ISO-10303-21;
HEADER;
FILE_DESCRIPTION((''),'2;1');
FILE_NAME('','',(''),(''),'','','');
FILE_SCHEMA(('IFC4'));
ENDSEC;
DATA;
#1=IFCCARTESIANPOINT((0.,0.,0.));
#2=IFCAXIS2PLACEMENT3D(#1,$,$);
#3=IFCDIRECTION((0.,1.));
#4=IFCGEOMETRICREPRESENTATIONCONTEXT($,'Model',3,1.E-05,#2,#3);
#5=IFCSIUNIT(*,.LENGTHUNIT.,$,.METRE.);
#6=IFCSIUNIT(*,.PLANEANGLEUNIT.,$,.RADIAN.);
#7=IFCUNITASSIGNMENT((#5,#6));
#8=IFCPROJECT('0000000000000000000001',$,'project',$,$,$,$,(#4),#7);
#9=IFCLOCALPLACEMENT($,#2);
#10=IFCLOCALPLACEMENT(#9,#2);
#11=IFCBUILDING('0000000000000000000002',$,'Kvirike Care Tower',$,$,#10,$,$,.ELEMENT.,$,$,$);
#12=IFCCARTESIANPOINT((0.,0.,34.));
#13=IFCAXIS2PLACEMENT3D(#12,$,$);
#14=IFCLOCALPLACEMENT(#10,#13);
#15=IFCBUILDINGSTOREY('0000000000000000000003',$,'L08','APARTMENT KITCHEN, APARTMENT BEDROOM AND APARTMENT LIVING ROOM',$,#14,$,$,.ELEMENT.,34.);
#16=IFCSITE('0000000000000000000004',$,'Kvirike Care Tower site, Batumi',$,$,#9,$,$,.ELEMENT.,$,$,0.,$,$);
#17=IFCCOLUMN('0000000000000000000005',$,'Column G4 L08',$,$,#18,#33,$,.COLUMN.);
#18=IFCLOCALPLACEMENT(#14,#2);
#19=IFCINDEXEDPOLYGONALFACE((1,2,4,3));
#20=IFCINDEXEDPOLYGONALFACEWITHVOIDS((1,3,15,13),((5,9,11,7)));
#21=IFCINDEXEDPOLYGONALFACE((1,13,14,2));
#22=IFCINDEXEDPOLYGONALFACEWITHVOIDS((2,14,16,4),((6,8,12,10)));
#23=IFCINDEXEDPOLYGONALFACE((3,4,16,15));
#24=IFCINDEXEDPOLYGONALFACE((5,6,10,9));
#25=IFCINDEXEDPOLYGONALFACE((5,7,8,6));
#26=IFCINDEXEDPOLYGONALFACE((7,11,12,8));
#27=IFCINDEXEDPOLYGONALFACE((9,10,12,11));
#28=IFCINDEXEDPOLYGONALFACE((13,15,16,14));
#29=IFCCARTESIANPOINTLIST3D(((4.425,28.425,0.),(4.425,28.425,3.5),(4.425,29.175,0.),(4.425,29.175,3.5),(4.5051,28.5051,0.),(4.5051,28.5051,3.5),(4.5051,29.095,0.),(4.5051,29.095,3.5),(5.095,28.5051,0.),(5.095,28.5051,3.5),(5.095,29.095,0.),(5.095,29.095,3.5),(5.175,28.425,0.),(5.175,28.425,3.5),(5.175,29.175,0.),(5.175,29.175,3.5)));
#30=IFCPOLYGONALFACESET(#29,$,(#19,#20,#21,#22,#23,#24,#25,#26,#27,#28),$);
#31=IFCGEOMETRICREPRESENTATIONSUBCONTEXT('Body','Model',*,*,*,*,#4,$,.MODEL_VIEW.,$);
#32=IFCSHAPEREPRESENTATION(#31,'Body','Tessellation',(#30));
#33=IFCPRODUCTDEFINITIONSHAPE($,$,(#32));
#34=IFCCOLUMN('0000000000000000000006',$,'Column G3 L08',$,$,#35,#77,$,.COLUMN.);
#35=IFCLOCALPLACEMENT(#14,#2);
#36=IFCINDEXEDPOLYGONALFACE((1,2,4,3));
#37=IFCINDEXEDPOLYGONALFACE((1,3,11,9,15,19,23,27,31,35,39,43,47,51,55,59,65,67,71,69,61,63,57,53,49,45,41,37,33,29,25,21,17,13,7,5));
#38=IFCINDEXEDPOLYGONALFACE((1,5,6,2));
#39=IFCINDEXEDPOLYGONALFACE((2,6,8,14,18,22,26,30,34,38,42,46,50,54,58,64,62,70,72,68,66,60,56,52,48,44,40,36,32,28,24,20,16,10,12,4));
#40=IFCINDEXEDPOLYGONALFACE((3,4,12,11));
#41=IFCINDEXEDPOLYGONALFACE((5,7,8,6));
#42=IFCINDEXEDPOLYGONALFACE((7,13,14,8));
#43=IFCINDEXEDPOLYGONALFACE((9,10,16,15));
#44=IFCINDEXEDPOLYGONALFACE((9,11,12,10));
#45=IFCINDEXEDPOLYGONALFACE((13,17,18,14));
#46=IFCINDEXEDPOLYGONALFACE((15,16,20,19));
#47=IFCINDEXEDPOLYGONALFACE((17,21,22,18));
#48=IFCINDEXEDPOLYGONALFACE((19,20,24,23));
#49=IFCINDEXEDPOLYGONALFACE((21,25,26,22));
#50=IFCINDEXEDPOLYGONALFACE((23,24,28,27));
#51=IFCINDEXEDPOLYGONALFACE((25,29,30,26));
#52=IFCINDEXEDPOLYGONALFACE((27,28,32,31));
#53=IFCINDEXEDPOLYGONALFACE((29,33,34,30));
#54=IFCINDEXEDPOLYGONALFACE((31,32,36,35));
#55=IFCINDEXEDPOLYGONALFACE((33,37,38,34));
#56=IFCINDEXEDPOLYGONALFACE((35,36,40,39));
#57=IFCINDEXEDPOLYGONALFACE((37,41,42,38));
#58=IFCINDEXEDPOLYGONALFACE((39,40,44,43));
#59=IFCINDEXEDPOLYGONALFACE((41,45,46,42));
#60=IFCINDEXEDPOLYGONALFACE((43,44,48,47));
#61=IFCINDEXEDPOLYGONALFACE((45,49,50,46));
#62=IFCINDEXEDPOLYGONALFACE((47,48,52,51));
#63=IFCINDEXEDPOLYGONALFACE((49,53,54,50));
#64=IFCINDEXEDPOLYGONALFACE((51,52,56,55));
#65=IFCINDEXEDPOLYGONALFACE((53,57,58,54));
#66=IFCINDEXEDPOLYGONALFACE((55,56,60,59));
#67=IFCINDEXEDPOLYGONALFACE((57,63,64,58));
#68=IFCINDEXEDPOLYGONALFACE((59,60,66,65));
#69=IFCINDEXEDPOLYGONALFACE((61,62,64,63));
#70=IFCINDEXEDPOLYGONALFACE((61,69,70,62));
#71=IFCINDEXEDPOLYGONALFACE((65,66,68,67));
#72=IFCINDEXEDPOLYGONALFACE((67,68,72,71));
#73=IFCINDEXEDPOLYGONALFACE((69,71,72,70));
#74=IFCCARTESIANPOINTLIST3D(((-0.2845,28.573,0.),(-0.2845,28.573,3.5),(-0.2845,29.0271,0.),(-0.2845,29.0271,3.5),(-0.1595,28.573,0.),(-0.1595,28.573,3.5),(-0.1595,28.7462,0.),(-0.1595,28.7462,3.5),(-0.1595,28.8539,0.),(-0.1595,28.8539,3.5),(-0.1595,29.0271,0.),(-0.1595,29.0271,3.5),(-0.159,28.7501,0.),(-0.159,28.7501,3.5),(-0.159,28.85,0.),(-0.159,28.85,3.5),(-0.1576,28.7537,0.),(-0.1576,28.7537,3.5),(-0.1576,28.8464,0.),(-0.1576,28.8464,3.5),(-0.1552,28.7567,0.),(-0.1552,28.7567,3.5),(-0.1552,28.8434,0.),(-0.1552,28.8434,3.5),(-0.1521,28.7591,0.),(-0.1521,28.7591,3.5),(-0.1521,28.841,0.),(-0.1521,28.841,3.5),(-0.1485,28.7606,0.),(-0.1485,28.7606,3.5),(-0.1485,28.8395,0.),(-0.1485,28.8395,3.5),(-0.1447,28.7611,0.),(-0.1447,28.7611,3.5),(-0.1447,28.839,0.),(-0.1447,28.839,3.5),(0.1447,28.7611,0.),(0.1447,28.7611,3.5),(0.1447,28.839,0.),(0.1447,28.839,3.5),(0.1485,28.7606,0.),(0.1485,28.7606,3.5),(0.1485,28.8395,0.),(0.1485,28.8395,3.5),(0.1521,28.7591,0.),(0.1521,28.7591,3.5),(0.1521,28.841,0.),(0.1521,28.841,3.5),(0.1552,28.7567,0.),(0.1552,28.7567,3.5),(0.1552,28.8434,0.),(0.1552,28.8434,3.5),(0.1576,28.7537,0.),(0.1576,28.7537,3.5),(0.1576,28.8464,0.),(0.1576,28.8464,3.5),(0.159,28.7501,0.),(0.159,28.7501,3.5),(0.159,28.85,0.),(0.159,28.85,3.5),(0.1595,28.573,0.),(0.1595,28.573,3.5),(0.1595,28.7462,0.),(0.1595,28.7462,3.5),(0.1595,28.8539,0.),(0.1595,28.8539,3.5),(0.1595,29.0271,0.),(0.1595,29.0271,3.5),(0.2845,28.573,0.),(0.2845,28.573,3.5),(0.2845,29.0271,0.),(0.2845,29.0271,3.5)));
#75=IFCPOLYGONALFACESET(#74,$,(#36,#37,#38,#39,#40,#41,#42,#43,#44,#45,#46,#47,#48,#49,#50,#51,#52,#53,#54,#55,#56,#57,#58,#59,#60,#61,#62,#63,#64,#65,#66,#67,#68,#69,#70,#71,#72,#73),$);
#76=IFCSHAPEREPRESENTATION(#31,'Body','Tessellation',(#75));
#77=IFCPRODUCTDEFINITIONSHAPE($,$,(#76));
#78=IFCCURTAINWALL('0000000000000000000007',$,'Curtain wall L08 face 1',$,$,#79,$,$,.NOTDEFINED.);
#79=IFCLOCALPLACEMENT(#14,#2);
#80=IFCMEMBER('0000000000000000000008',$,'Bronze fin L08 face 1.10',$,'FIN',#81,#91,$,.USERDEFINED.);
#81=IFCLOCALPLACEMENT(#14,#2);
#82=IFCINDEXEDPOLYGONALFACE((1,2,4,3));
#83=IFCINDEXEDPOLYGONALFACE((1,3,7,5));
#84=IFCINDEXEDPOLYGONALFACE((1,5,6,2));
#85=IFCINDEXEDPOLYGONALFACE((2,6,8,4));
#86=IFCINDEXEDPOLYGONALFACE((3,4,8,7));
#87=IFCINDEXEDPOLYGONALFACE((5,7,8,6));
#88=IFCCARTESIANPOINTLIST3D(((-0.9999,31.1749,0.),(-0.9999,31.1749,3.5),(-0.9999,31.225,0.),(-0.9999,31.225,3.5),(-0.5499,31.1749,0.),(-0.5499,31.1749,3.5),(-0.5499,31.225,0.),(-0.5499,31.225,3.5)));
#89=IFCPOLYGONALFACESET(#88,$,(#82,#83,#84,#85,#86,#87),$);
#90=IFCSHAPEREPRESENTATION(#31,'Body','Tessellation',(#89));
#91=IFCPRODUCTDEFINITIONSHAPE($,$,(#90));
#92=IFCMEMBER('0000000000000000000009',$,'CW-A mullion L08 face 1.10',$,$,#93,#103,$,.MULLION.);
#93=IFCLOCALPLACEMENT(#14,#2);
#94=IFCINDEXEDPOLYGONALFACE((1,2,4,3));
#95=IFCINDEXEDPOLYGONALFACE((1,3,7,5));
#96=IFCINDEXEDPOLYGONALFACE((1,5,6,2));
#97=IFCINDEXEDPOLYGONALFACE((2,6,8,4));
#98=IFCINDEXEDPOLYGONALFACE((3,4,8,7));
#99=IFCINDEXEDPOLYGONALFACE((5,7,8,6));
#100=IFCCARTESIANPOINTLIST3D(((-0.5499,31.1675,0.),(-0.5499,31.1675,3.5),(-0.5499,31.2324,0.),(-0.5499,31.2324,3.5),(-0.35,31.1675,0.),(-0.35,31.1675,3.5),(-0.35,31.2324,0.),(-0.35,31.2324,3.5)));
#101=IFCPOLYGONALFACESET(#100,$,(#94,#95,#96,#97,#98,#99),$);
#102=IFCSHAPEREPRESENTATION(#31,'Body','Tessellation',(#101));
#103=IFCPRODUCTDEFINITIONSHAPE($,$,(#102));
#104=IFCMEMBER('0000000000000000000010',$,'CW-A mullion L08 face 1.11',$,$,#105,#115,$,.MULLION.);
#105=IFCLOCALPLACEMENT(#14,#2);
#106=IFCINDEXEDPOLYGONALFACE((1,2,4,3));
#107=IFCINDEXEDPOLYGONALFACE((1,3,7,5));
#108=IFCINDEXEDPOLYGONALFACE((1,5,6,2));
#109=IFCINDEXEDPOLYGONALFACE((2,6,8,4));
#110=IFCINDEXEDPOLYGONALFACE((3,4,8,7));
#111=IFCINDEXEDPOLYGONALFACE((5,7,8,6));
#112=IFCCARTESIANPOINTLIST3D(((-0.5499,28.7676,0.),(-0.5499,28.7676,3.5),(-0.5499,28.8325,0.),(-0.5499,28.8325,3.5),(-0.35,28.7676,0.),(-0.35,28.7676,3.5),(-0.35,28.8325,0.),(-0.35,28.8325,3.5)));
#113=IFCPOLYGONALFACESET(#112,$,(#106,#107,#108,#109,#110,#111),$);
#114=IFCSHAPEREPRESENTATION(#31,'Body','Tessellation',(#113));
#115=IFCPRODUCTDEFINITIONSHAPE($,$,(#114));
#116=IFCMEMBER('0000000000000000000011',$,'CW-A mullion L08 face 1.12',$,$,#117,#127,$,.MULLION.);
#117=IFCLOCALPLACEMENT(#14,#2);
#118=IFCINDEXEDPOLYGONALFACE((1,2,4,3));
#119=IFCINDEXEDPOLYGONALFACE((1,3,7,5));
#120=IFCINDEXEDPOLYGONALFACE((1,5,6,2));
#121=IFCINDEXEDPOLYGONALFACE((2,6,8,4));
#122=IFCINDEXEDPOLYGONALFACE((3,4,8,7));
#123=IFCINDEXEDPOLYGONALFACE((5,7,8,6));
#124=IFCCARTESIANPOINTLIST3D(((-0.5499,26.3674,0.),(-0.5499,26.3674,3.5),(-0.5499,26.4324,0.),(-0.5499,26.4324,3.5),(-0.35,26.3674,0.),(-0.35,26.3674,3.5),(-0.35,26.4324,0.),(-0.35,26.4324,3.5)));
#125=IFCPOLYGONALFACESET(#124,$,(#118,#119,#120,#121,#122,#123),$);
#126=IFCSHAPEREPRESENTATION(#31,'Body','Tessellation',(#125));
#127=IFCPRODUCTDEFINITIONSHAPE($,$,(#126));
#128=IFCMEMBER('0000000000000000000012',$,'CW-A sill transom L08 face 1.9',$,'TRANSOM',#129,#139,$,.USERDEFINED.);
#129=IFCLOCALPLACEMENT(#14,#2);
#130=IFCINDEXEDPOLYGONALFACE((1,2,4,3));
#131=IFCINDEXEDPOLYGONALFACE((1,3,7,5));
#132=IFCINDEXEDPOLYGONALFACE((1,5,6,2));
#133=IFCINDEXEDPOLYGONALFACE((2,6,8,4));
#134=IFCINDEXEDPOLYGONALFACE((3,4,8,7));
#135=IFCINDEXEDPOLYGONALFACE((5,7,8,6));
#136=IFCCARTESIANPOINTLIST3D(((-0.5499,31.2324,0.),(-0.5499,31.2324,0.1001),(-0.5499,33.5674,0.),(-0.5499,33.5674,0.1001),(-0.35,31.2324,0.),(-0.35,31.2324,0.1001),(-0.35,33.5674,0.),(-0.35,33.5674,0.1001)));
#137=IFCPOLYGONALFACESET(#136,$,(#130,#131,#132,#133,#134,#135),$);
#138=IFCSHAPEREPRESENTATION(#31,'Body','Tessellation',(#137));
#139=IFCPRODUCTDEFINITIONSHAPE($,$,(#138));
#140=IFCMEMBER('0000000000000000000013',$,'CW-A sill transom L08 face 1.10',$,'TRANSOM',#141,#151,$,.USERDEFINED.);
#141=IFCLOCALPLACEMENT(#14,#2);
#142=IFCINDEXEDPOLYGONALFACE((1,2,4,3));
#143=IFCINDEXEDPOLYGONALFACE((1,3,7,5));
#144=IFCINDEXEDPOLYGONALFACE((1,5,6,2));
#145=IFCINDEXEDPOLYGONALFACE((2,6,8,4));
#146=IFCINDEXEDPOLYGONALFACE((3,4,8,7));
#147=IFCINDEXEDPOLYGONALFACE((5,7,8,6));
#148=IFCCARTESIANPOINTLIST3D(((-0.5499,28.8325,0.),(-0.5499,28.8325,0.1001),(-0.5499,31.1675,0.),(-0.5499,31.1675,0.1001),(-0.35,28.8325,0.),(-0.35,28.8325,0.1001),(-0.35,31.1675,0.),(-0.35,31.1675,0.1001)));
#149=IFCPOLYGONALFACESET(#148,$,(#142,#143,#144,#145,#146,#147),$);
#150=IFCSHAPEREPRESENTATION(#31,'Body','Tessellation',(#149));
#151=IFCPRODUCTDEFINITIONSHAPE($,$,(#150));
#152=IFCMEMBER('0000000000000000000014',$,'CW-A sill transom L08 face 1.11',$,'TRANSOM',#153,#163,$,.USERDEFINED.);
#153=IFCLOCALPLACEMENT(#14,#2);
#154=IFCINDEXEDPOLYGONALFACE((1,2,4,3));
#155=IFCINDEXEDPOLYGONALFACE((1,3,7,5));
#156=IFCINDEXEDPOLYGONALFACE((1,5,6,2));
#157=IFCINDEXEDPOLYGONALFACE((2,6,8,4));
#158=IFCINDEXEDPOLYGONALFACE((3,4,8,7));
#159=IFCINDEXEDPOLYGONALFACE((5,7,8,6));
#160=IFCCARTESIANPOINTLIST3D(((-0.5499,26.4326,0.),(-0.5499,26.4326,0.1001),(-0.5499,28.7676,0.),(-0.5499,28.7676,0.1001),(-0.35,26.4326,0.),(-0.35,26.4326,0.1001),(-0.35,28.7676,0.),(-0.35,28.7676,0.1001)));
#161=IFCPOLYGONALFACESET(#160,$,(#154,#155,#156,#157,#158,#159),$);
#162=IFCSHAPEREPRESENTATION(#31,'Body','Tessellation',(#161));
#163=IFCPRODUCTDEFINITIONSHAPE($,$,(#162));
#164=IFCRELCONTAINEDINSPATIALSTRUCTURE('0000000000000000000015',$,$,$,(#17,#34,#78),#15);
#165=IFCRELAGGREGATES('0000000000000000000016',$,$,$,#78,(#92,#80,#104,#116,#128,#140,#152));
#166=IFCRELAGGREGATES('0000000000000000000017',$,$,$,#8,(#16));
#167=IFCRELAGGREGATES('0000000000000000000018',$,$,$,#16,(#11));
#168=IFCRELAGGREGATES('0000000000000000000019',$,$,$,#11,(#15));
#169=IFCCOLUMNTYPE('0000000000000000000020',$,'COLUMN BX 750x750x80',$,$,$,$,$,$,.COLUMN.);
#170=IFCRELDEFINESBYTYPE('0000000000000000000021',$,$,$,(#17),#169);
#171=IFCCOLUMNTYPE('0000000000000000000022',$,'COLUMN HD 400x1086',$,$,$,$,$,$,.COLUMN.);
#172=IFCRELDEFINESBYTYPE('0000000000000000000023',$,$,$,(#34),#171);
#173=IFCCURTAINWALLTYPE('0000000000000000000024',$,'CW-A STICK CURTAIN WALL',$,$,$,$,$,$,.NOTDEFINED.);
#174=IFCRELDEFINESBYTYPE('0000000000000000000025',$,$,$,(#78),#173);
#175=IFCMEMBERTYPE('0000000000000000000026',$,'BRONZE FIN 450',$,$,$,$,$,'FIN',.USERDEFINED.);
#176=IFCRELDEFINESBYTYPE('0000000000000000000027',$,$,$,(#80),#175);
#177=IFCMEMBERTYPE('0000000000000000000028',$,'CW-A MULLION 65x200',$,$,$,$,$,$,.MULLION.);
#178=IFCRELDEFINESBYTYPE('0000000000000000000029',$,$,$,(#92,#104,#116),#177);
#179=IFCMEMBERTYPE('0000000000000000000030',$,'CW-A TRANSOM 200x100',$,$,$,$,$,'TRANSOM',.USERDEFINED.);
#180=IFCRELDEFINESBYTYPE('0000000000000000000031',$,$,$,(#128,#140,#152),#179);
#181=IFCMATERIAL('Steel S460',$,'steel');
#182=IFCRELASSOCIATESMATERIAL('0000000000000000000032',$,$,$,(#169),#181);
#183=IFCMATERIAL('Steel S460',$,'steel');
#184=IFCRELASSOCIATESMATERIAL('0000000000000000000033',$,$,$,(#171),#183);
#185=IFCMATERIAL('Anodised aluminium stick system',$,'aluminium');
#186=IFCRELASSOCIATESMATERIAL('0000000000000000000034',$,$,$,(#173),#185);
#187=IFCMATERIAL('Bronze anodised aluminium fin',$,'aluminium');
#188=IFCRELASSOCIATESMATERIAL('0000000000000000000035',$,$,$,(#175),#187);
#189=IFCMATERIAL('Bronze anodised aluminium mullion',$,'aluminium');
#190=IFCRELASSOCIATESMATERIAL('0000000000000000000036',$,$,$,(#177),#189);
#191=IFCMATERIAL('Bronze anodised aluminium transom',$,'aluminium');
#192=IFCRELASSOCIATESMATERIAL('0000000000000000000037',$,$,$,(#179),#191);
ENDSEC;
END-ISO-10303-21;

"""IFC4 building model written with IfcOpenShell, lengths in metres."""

from ifc_helpers import new_model, si_unit, direction, frame, origin, origin_2d, place, context, subcontext, project, spatial, rectangle, hollow_rectangle, i_section, extrude, material, material_profile, profile_set, type_object, element, aggregate, save


model = new_model("IFC4")

# Units and contexts
model_context = context("Model", 3, precision=1e-05, world=origin(), true_north=direction((0.0, 1.0)))
body_context = subcontext(model_context, "Body", "Model", "MODEL_VIEW")
ifc_project = project(units=[si_unit("LENGTHUNIT", "METRE"), si_unit("PLANEANGLEUNIT", "RADIAN")], contexts=[model_context])

# Site, building, storey
site_placement = place(None, origin())
site = spatial("IfcSite", under=ifc_project, at=site_placement, Name="Kvirike Care Tower site, Batumi", CompositionType="ELEMENT", RefElevation=0.0)
building_placement = place(site_placement, origin())
building = spatial("IfcBuilding", under=site, at=building_placement, Name="Kvirike Care Tower", CompositionType="ELEMENT")
storey_placement = place(building_placement, frame((0.0, 0.0, 34.0)))
storey = spatial("IfcBuildingStorey", under=building, at=storey_placement, Name="L08", Description="APARTMENT KITCHEN, APARTMENT BEDROOM AND APARTMENT LIVING ROOM", CompositionType="ELEMENT", Elevation=34.0)

# Columns
ifc_material_1 = material(Name="Steel S460", Category="steel")
ifc_material_profile_1 = material_profile(ifc_material_1, hollow_rectangle(XDim=0.75, YDim=0.75, WallThickness=0.0801, at=origin_2d()), Name="BX 750x750x80")
ifc_profile_set_1 = profile_set([ifc_material_profile_1], Name="Steel S460")
column_type_1 = type_object("IfcColumnType", Name="COLUMN BX 750x750x80", PredefinedType="COLUMN", material=ifc_profile_set_1)
column_1_placement = place(storey_placement, frame((4.8, 28.8, 0.0), z_axis=(0.0, 0.0, 1.0), x_axis=(0.0, 1.0, 0.0)))
element("IfcColumn", 1, at=column_1_placement, inside=storey, type_object=column_type_1, Name="Column G4 L08", PredefinedType="COLUMN", context=body_context, shape_type="SweptSolid", body=[
    extrude(hollow_rectangle(XDim=0.75, YDim=0.75, WallThickness=0.0801, at=origin_2d()), origin(), (0.0, 0.0, 1.0), 3.5),
])
ifc_material_2 = material(Name="Steel S460", Category="steel")
ifc_material_profile_2 = material_profile(ifc_material_2, i_section(OverallWidth=0.4541, OverallDepth=0.5691, WebThickness=0.0779, FlangeThickness=0.125, FilletRadius=0.0149, at=origin_2d()), Name="HD 400x1086")
ifc_profile_set_2 = profile_set([ifc_material_profile_2], Name="Steel S460")
column_type_2 = type_object("IfcColumnType", Name="COLUMN HD 400x1086", PredefinedType="COLUMN", material=ifc_profile_set_2)
column_2_placement = place(storey_placement, frame((0.0, 28.8, 0.0), z_axis=(0.0, 0.0, 1.0), x_axis=(0.0, 1.0, 0.0)))
element("IfcColumn", 2, at=column_2_placement, inside=storey, type_object=column_type_2, Name="Column G3 L08", PredefinedType="COLUMN", context=body_context, shape_type="SweptSolid", body=[
    extrude(i_section(OverallWidth=0.4541, OverallDepth=0.5691, WebThickness=0.0779, FlangeThickness=0.125, FilletRadius=0.0149, at=origin_2d()), origin(), (0.0, 0.0, 1.0), 3.5),
])

# Curtain wall, members
ifc_material_3 = material(Name="Anodised aluminium stick system", Category="aluminium")
curtain_wall_type = type_object("IfcCurtainWallType", Name="CW-A STICK CURTAIN WALL", PredefinedType="NOTDEFINED", material=ifc_material_3)
curtain_wall_placement = place(storey_placement, origin())
curtain_wall = element("IfcCurtainWall", 3, at=curtain_wall_placement, inside=storey, type_object=curtain_wall_type, Name="Curtain wall L08 face 1", PredefinedType="NOTDEFINED")
ifc_material_4 = material(Name="Bronze anodised aluminium fin", Category="aluminium")
ifc_material_profile_3 = material_profile(ifc_material_4, rectangle(XDim=0.05, YDim=0.45, at=origin_2d()), Name="BRONZE FIN 450")
ifc_profile_set_3 = profile_set([ifc_material_profile_3], Name="Bronze anodised aluminium fin")
member_type_1 = type_object("IfcMemberType", Name="BRONZE FIN 450", ElementType="FIN", PredefinedType="USERDEFINED", material=ifc_profile_set_3)
member_1_placement = place(storey_placement, frame((-0.7749, 31.2, 0.0), z_axis=(0.0, 0.0, 1.0), x_axis=(0.0, -1.0, 0.0)))
member_1 = element("IfcMember", 4, at=member_1_placement, type_object=member_type_1, Name="Bronze fin L08 face 1.10", ObjectType="FIN", PredefinedType="USERDEFINED", context=body_context, shape_type="SweptSolid", body=[
    extrude(rectangle(XDim=0.05, YDim=0.45, at=origin_2d()), origin(), (0.0, 0.0, 1.0), 3.5),
])
ifc_material_5 = material(Name="Bronze anodised aluminium mullion", Category="aluminium")
ifc_material_profile_4 = material_profile(ifc_material_5, rectangle(XDim=0.0649, YDim=0.2, at=origin_2d()), Name="CW-A MULLION 65x200")
ifc_profile_set_4 = profile_set([ifc_material_profile_4], Name="Bronze anodised aluminium mullion")
member_type_2 = type_object("IfcMemberType", Name="CW-A MULLION 65x200", PredefinedType="MULLION", material=ifc_profile_set_4)
member_2_placement = place(storey_placement, frame((-0.45, 31.2, 0.0), z_axis=(0.0, 0.0, 1.0), x_axis=(0.0, -1.0, 0.0)))
member_2 = element("IfcMember", 5, at=member_2_placement, type_object=member_type_2, Name="CW-A mullion L08 face 1.10", PredefinedType="MULLION", context=body_context, shape_type="SweptSolid", body=[
    extrude(rectangle(XDim=0.0649, YDim=0.2, at=origin_2d()), origin(), (0.0, 0.0, 1.0), 3.5),
])
member_3_placement = place(storey_placement, frame((-0.45, 28.8, 0.0), z_axis=(0.0, 0.0, 1.0), x_axis=(0.0, -1.0, 0.0)))
member_3 = element("IfcMember", 6, at=member_3_placement, type_object=member_type_2, Name="CW-A mullion L08 face 1.11", PredefinedType="MULLION", context=body_context, shape_type="SweptSolid", body=[
    extrude(rectangle(XDim=0.0649, YDim=0.2, at=origin_2d()), origin(), (0.0, 0.0, 1.0), 3.5),
])
member_4_placement = place(storey_placement, frame((-0.45, 26.3999, 0.0), z_axis=(0.0, 0.0, 1.0), x_axis=(0.0, -1.0, 0.0)))
member_4 = element("IfcMember", 7, at=member_4_placement, type_object=member_type_2, Name="CW-A mullion L08 face 1.12", PredefinedType="MULLION", context=body_context, shape_type="SweptSolid", body=[
    extrude(rectangle(XDim=0.0649, YDim=0.2, at=origin_2d()), origin(), (0.0, 0.0, 1.0), 3.5),
])
ifc_material_6 = material(Name="Bronze anodised aluminium transom", Category="aluminium")
ifc_material_profile_5 = material_profile(ifc_material_6, rectangle(XDim=0.2, YDim=0.1001, at=origin_2d()), Name="CW-A TRANSOM 200x100")
ifc_profile_set_5 = profile_set([ifc_material_profile_5], Name="Bronze anodised aluminium transom")
member_type_3 = type_object("IfcMemberType", Name="CW-A TRANSOM 200x100", ElementType="TRANSOM", PredefinedType="USERDEFINED", material=ifc_profile_set_5)
member_5_placement = place(storey_placement, frame((-0.45, 33.5674, 0.05), z_axis=(0.0, -1.0, 0.0), x_axis=(1.0, 0.0, 0.0)))
member_5 = element("IfcMember", 8, at=member_5_placement, type_object=member_type_3, Name="CW-A sill transom L08 face 1.9", ObjectType="TRANSOM", PredefinedType="USERDEFINED", context=body_context, shape_type="SweptSolid", body=[
    extrude(rectangle(XDim=0.2, YDim=0.1001, at=origin_2d()), origin(), (0.0, 0.0, 1.0), 2.335),
])
member_6_placement = place(storey_placement, frame((-0.45, 31.1675, 0.05), z_axis=(0.0, -1.0, 0.0), x_axis=(1.0, 0.0, 0.0)))
member_6 = element("IfcMember", 9, at=member_6_placement, type_object=member_type_3, Name="CW-A sill transom L08 face 1.10", ObjectType="TRANSOM", PredefinedType="USERDEFINED", context=body_context, shape_type="SweptSolid", body=[
    extrude(rectangle(XDim=0.2, YDim=0.1001, at=origin_2d()), origin(), (0.0, 0.0, 1.0), 2.335),
])
member_7_placement = place(storey_placement, frame((-0.45, 28.7676, 0.05), z_axis=(0.0, -1.0, 0.0), x_axis=(1.0, 0.0, 0.0)))
member_7 = element("IfcMember", 10, at=member_7_placement, type_object=member_type_3, Name="CW-A sill transom L08 face 1.11", ObjectType="TRANSOM", PredefinedType="USERDEFINED", context=body_context, shape_type="SweptSolid", body=[
    extrude(rectangle(XDim=0.2, YDim=0.1001, at=origin_2d()), origin(), (0.0, 0.0, 1.0), 2.335),
])

aggregate(curtain_wall, [member_2, member_1, member_3, member_4, member_5, member_6, member_7])

save(model, "model.ifc")
